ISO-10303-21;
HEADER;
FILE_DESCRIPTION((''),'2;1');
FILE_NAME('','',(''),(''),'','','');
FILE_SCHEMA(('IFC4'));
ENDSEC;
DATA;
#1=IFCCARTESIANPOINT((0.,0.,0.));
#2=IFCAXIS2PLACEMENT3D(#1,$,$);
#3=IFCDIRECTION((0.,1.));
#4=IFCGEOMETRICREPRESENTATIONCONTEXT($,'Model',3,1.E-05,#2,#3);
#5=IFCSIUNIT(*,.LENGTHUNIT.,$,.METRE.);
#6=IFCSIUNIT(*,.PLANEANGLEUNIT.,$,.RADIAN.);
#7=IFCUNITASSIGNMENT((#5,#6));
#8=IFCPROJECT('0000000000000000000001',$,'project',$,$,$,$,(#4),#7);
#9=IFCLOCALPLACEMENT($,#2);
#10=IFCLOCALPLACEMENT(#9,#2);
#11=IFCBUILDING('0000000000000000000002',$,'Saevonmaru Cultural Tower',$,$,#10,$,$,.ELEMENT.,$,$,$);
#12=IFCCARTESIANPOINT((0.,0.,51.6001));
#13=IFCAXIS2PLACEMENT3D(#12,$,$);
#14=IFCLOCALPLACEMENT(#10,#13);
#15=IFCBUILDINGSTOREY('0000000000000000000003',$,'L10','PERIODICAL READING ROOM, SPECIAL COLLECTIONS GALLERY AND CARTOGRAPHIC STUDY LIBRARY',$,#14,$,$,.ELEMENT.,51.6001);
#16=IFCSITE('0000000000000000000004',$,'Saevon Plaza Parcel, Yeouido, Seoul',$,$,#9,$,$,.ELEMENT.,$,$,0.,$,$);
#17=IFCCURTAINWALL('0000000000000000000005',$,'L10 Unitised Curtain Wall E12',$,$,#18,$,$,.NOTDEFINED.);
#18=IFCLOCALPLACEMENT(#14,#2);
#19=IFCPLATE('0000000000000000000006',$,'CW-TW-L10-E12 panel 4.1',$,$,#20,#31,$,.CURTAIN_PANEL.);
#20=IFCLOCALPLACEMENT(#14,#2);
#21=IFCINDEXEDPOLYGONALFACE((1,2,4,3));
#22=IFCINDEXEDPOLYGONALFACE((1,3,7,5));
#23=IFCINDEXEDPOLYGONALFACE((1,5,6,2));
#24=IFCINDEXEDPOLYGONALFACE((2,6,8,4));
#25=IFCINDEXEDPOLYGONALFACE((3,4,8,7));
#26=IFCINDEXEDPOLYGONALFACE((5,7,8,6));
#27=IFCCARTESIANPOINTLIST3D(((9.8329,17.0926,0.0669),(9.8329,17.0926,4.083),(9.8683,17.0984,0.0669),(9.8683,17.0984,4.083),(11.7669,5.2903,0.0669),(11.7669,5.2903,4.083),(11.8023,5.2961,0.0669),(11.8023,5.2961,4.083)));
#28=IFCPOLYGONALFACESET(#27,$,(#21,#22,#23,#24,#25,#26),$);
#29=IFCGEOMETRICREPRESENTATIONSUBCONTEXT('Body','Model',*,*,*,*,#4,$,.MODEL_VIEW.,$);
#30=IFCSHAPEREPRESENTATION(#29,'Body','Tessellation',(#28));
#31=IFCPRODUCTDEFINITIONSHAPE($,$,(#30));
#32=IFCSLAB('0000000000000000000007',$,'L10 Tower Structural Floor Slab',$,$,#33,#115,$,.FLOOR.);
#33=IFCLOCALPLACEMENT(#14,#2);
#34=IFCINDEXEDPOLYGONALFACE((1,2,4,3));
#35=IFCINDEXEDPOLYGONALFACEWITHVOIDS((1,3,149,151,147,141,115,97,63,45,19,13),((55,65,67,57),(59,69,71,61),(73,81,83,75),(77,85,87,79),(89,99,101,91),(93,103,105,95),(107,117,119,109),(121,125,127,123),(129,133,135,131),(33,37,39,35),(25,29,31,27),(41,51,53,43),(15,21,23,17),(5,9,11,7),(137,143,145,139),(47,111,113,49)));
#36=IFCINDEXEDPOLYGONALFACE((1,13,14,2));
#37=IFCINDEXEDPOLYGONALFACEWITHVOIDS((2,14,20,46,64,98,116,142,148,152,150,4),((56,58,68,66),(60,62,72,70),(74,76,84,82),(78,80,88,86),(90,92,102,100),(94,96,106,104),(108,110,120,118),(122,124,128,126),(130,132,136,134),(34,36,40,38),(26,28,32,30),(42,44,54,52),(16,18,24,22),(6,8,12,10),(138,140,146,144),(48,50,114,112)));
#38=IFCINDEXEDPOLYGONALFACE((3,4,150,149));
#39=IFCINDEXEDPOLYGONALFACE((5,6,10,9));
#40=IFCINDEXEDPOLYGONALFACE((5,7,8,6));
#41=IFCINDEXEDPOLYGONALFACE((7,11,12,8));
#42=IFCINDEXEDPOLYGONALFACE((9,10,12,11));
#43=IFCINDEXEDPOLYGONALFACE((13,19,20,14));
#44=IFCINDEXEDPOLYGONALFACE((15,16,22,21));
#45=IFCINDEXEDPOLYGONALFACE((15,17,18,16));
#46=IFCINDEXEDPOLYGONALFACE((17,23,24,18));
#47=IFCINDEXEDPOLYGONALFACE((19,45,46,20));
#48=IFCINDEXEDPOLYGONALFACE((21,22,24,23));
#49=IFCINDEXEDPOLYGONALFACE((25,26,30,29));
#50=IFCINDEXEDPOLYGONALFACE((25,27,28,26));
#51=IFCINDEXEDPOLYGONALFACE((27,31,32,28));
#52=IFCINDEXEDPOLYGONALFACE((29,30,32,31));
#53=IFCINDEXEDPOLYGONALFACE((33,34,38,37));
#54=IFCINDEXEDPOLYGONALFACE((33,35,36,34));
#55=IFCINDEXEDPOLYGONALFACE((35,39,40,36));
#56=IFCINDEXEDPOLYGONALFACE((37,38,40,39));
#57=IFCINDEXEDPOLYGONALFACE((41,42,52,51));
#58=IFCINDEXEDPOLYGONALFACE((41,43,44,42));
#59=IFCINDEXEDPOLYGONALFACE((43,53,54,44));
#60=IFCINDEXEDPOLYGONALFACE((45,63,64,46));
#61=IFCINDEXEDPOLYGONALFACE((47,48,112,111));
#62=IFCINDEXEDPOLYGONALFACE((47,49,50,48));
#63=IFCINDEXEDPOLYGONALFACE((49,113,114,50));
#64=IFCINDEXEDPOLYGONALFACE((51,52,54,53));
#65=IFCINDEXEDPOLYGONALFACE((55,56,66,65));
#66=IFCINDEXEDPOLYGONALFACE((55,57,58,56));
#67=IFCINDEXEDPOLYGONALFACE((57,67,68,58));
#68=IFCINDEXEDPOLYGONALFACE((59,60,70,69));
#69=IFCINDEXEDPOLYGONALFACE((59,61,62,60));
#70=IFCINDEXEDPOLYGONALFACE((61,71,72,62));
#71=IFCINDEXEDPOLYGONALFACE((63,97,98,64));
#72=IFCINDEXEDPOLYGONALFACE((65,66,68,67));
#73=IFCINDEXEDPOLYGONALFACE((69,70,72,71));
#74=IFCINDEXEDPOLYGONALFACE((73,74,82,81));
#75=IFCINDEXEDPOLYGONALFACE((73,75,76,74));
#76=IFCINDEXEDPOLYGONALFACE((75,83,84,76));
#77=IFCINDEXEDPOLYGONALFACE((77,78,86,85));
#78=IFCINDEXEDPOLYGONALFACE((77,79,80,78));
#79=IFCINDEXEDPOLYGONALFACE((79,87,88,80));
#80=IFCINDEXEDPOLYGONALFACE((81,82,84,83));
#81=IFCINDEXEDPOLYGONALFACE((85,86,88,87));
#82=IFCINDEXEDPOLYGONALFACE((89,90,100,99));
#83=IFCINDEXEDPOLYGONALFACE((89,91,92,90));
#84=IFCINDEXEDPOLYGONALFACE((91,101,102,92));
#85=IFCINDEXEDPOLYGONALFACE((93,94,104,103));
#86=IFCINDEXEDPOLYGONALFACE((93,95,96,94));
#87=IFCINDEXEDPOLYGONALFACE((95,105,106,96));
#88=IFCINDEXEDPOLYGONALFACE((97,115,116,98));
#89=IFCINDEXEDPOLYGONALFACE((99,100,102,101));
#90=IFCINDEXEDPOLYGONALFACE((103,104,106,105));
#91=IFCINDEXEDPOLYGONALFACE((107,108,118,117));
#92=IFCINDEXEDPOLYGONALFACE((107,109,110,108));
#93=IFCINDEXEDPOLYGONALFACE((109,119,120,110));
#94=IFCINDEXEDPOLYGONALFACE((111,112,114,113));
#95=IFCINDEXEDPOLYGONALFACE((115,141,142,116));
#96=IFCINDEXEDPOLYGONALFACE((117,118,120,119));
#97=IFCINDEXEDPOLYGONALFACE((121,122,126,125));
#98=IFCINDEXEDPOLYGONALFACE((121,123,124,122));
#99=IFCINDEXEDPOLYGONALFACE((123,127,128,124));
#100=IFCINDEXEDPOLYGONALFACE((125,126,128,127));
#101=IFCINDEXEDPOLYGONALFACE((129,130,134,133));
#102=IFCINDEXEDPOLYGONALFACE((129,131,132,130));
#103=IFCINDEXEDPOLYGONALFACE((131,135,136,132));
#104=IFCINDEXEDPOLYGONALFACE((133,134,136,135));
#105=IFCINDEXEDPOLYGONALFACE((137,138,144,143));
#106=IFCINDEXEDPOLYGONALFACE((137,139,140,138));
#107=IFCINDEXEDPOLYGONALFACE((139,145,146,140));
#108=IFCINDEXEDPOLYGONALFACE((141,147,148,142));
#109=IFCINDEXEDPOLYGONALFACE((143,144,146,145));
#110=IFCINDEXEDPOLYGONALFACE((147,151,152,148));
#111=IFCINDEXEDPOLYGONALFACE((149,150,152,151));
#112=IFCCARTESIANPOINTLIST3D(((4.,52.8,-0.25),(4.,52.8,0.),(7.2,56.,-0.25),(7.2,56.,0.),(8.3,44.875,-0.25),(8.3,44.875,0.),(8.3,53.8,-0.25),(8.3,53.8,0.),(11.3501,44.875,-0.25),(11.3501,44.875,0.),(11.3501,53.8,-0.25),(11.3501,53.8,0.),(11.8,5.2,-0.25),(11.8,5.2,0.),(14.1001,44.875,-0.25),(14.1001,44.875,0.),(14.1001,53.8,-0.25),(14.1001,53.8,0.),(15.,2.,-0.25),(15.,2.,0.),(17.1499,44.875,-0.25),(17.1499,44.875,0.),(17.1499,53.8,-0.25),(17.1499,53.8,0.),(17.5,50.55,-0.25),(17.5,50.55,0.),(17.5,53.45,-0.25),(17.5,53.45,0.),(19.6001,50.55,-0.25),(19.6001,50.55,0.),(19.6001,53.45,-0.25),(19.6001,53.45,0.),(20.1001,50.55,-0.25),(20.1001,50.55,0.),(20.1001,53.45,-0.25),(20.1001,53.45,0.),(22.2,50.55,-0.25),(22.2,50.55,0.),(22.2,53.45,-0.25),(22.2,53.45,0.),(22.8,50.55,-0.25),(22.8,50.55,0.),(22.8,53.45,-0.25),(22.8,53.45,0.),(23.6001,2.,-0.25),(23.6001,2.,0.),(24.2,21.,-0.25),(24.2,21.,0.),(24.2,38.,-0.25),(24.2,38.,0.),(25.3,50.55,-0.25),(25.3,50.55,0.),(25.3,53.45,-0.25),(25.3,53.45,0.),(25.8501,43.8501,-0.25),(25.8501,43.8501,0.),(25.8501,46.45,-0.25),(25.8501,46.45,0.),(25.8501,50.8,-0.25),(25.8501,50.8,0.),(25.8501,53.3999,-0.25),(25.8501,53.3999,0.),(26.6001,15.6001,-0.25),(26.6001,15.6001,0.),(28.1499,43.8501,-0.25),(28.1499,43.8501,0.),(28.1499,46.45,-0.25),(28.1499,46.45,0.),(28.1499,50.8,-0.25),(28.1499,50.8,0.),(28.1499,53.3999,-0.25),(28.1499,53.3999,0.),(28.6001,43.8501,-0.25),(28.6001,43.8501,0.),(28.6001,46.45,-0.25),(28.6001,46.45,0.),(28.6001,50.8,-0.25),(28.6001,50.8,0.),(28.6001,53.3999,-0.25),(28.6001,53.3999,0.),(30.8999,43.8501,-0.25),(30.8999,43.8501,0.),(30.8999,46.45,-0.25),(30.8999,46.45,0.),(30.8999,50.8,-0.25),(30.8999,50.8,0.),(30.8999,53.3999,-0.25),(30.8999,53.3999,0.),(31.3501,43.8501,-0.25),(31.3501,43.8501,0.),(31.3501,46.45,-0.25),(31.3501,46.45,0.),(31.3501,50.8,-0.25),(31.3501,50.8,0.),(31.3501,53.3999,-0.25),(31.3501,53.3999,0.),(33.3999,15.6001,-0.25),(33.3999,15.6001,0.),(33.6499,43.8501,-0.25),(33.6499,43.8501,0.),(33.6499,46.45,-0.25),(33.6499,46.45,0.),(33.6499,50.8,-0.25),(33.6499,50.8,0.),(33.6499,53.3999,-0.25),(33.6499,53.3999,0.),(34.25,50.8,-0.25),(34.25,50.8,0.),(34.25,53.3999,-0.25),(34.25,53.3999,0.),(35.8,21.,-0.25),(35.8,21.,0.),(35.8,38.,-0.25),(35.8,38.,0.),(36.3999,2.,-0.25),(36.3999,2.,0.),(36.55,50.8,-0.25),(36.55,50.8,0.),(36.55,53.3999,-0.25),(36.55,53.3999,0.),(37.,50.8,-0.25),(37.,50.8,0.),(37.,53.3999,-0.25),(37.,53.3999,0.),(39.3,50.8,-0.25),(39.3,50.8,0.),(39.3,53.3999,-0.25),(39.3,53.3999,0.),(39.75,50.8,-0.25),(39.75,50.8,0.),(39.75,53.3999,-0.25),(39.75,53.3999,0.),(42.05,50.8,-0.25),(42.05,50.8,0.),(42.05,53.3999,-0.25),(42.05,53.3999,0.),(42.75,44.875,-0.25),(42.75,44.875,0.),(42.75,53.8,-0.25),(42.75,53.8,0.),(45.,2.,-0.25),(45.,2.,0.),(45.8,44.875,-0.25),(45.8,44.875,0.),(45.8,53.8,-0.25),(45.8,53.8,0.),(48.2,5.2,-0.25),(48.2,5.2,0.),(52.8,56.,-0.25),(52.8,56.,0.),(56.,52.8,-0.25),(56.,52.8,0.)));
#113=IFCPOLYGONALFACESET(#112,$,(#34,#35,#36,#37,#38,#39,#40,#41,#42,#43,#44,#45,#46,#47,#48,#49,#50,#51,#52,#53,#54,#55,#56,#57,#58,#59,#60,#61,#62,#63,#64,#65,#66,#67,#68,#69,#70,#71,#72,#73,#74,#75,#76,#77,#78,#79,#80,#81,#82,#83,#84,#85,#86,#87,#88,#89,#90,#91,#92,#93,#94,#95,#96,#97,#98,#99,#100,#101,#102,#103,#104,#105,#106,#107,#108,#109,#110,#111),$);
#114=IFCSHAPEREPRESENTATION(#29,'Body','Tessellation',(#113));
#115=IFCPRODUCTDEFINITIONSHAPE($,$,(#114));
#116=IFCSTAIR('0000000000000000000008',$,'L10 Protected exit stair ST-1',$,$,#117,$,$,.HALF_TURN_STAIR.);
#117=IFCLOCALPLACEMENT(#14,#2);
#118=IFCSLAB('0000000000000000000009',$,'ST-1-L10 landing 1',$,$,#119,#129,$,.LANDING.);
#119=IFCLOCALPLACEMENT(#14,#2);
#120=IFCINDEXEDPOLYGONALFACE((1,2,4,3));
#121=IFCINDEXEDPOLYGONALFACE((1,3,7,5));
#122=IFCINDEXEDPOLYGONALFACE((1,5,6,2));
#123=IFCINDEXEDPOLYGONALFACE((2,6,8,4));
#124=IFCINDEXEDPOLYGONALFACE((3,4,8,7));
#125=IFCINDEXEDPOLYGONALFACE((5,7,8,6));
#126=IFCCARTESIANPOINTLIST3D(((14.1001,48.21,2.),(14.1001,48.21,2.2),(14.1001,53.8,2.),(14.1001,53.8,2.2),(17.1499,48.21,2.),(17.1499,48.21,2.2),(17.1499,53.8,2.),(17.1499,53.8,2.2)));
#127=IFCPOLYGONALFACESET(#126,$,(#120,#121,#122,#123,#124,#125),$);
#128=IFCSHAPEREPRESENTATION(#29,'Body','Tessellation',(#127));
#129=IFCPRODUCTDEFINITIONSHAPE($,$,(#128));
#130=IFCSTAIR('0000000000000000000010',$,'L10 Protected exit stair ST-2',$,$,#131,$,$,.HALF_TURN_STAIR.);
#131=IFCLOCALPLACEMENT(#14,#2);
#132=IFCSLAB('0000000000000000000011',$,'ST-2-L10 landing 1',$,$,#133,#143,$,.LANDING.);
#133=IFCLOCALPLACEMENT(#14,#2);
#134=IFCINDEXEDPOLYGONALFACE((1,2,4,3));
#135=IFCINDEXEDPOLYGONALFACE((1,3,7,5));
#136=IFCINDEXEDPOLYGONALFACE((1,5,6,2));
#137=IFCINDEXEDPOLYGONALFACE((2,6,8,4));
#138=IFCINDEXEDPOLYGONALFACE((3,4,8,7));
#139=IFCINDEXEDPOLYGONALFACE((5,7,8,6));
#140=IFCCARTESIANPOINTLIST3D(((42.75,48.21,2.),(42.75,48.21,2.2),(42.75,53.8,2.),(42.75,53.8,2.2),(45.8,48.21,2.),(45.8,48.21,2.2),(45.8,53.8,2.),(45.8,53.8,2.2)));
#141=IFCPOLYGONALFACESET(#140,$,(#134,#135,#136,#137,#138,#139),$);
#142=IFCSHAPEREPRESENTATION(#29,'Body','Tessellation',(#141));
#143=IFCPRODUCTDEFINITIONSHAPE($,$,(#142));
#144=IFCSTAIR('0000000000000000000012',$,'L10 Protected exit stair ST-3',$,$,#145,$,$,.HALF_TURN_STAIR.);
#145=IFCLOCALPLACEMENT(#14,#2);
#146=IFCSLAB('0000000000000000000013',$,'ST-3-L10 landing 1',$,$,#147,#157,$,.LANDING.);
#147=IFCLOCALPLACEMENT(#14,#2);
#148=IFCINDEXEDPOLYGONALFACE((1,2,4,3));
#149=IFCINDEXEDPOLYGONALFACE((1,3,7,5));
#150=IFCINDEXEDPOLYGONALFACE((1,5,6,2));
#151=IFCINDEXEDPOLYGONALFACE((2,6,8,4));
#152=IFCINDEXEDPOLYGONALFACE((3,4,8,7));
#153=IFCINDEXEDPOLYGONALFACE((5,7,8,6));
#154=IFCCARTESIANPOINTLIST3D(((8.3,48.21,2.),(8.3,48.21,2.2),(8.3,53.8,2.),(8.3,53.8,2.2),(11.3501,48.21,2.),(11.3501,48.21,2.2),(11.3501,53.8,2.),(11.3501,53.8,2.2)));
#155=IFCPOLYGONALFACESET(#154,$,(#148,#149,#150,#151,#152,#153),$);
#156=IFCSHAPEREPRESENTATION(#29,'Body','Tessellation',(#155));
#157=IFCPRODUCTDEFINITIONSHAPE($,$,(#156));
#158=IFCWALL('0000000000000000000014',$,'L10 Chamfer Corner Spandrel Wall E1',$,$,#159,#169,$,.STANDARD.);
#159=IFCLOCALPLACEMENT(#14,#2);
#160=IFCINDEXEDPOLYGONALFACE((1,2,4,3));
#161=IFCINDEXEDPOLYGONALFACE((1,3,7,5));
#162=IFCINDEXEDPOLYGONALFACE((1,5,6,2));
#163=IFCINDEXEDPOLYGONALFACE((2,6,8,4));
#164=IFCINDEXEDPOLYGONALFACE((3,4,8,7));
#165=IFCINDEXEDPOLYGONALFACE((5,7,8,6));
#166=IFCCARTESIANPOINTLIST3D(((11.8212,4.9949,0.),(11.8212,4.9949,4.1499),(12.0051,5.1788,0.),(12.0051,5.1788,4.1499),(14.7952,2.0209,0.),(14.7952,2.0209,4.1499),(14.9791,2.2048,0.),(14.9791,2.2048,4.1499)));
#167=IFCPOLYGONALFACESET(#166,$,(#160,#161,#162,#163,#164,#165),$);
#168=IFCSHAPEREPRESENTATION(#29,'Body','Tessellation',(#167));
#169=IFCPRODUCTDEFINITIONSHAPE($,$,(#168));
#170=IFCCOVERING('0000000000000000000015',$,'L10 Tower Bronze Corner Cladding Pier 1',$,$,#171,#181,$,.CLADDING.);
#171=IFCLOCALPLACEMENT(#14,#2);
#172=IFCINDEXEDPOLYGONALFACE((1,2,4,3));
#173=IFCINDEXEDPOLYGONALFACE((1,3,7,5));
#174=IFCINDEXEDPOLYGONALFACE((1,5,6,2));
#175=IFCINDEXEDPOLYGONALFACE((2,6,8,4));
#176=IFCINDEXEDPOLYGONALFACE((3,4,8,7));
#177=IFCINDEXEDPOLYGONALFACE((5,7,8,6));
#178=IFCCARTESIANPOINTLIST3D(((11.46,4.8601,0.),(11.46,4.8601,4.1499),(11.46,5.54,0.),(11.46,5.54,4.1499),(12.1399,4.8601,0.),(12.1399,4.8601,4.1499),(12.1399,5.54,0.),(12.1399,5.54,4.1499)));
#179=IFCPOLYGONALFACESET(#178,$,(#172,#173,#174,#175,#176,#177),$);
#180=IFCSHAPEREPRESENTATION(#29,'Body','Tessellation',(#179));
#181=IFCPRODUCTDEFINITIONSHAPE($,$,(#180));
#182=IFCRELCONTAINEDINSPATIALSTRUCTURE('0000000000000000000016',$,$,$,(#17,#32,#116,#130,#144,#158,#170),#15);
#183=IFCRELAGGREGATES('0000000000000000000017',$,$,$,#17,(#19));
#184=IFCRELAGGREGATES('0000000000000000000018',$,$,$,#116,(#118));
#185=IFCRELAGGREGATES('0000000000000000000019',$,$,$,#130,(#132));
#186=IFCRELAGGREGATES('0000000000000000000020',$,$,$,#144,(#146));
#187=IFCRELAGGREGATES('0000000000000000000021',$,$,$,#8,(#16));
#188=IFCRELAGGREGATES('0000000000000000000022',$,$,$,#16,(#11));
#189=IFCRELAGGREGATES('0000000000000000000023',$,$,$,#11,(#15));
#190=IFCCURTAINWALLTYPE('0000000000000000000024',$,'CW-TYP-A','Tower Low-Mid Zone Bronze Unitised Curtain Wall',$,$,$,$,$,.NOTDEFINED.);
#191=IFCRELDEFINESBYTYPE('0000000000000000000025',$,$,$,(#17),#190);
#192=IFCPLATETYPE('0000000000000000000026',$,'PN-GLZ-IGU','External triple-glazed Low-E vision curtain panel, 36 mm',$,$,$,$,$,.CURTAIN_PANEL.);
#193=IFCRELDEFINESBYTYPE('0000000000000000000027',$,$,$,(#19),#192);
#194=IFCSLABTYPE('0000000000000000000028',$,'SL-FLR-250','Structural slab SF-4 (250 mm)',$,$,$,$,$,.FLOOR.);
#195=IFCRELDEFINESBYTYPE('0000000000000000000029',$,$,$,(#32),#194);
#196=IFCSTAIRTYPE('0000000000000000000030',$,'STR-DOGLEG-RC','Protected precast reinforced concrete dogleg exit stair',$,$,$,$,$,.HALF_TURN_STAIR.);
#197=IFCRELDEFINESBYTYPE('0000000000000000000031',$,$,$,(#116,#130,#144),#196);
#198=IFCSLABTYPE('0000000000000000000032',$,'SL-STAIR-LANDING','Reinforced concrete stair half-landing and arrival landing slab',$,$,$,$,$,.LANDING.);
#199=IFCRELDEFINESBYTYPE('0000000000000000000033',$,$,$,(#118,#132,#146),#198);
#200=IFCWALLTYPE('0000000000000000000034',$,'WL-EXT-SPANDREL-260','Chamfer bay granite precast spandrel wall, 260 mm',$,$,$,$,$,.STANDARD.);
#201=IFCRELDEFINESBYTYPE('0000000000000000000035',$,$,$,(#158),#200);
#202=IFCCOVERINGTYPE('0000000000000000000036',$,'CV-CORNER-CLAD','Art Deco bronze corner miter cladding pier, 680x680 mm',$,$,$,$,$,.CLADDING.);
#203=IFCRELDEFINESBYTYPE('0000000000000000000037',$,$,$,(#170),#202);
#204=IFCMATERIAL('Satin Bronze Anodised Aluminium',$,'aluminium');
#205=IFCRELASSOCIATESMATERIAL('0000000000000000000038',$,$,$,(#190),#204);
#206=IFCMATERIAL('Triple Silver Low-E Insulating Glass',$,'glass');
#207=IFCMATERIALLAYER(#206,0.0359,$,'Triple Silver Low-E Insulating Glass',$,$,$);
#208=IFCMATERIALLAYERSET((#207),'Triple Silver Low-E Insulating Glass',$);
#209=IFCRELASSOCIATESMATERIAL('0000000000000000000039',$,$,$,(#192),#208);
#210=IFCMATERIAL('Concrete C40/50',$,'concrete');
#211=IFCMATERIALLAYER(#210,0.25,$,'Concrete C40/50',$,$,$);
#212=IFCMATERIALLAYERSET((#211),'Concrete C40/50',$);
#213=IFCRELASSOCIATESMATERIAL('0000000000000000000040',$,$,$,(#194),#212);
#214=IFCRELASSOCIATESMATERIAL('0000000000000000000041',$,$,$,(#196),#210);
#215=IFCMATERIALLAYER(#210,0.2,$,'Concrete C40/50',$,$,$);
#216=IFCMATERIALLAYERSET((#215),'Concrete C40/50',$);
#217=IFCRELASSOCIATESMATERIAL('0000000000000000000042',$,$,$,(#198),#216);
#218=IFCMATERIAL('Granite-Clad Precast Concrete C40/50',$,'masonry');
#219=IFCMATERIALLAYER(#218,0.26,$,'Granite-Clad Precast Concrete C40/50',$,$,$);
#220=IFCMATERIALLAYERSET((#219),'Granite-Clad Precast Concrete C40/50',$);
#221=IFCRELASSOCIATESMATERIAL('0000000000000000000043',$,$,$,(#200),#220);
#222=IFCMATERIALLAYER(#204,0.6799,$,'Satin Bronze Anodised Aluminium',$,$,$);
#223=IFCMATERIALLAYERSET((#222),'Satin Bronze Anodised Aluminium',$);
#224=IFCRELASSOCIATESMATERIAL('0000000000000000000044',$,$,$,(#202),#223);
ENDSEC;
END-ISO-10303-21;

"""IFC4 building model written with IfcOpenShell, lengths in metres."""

from ifc_helpers import new_model, si_unit, direction, frame, frame_2d, origin, origin_2d, place, context, subcontext, project, spatial, polyline, rectangle, outline, extrude, material, layer, layer_set, type_object, element, aggregate, save


model = new_model("IFC4")

# Units and contexts
model_context = context("Model", 3, precision=1e-05, world=origin(), true_north=direction((0.0, 1.0)))
body_context = subcontext(model_context, "Body", "Model", "MODEL_VIEW")
ifc_project = project(units=[si_unit("LENGTHUNIT", "METRE"), si_unit("PLANEANGLEUNIT", "RADIAN")], contexts=[model_context])

# Site, building, storey
site_placement = place(None, origin())
site = spatial("IfcSite", under=ifc_project, at=site_placement, Name="Saevon Plaza Parcel, Yeouido, Seoul", CompositionType="ELEMENT", RefElevation=0.0)
building_placement = place(site_placement, origin())
building = spatial("IfcBuilding", under=site, at=building_placement, Name="Saevonmaru Cultural Tower", CompositionType="ELEMENT")
storey_placement = place(building_placement, frame((0.0, 0.0, 51.6001)))
storey = spatial("IfcBuildingStorey", under=building, at=storey_placement, Name="L10", Description="PERIODICAL READING ROOM, SPECIAL COLLECTIONS GALLERY AND CARTOGRAPHIC STUDY LIBRARY", CompositionType="ELEMENT", Elevation=51.6001)

# Curtain wall, plate
ifc_material_1 = material(Name="Satin Bronze Anodised Aluminium", Category="aluminium")
curtain_wall_type = type_object("IfcCurtainWallType", Name="CW-TYP-A", Description="Tower Low-Mid Zone Bronze Unitised Curtain Wall", PredefinedType="NOTDEFINED", material=ifc_material_1)
curtain_wall_placement = place(storey_placement, origin())
curtain_wall = element("IfcCurtainWall", 1, at=curtain_wall_placement, inside=storey, type_object=curtain_wall_type, Name="L10 Unitised Curtain Wall E12", PredefinedType="NOTDEFINED")
ifc_material_2 = material(Name="Triple Silver Low-E Insulating Glass", Category="glass")
ifc_layer_1 = layer(ifc_material_2, 0.0359, Name="Triple Silver Low-E Insulating Glass")
ifc_layer_set_1 = layer_set([ifc_layer_1], Name="Triple Silver Low-E Insulating Glass")
plate_type = type_object("IfcPlateType", Name="PN-GLZ-IGU", Description="External triple-glazed Low-E vision curtain panel, 36 mm", PredefinedType="CURTAIN_PANEL", material=ifc_layer_set_1)
plate_placement = place(storey_placement, frame((10.8176, 11.1943, 0.0669), z_axis=(0.0, 0.0, 1.0), x_axis=(0.161709, -0.986839, 0.0)))
plate = element("IfcPlate", 2, at=plate_placement, type_object=plate_type, Name="CW-TW-L10-E12 panel 4.1", PredefinedType="CURTAIN_PANEL", context=body_context, shape_type="SweptSolid", body=[
    extrude(rectangle(XDim=11.9597, YDim=0.0359, at=origin_2d()), origin(), (0.0, 0.0, 1.0), 4.0161),
])
aggregate(curtain_wall, [plate])

# Slab
ifc_material_3 = material(Name="Concrete C40/50", Category="concrete")
ifc_layer_2 = layer(ifc_material_3, 0.25, Name="Concrete C40/50")
ifc_layer_set_2 = layer_set([ifc_layer_2], Name="Concrete C40/50")
slab_type_1 = type_object("IfcSlabType", Name="SL-FLR-250", Description="Structural slab SF-4 (250 mm)", PredefinedType="FLOOR", material=ifc_layer_set_2)
slab_1_placement = place(storey_placement, frame((0.0, 0.0, -0.25)))
element("IfcSlab", 3, at=slab_1_placement, inside=storey, type_object=slab_type_1, Name="L10 Tower Structural Floor Slab", PredefinedType="FLOOR", context=body_context, shape_type="SweptSolid", body=[
    extrude(outline(polyline([(11.8, 5.2), (15.0, 2.0), (23.6001, 2.0), (26.6001, 15.6001), (33.3999, 15.6001), (36.3999, 2.0), (45.0, 2.0), (48.2, 5.2), (56.0, 52.8), (52.8, 56.0), (7.2, 56.0), (4.0, 52.8), (11.8, 5.2)]), holes=[polyline([(45.8, 44.875), (42.75, 44.875), (42.75, 53.8), (45.8, 53.8), (45.8, 44.875)]), polyline([(39.75, 50.8), (39.75, 53.3999), (42.05, 53.3999), (42.05, 50.8), (39.75, 50.8)]), polyline([(37.0, 50.8), (37.0, 53.3999), (39.3, 53.3999), (39.3, 50.8), (37.0, 50.8)]), polyline([(34.25, 50.8), (34.25, 53.3999), (36.55, 53.3999), (36.55, 50.8), (34.25, 50.8)]), polyline([(24.2, 21.0), (24.2, 38.0), (35.8, 38.0), (35.8, 21.0), (24.2, 21.0)]), polyline([(31.3501, 50.8), (31.3501, 53.3999), (33.6499, 53.3999), (33.6499, 50.8), (31.3501, 50.8)]), polyline([(31.3501, 43.8501), (31.3501, 46.45), (33.6499, 46.45), (33.6499, 43.8501), (31.3501, 43.8501)]), polyline([(28.6001, 43.8501), (28.6001, 46.45), (30.8999, 46.45), (30.8999, 43.8501), (28.6001, 43.8501)]), polyline([(28.6001, 50.8), (28.6001, 53.3999), (30.8999, 53.3999), (30.8999, 50.8), (28.6001, 50.8)]), polyline([(25.8501, 50.8), (25.8501, 53.3999), (28.1499, 53.3999), (28.1499, 50.8), (25.8501, 50.8)]), polyline([(25.8501, 43.8501), (25.8501, 46.45), (28.1499, 46.45), (28.1499, 43.8501), (25.8501, 43.8501)]), polyline([(22.8, 50.55), (22.8, 53.45), (25.3, 53.45), (25.3, 50.55), (22.8, 50.55)]), polyline([(20.1001, 50.55), (20.1001, 53.45), (22.2, 53.45), (22.2, 50.55), (20.1001, 50.55)]), polyline([(17.5, 50.55), (17.5, 53.45), (19.6001, 53.45), (19.6001, 50.55), (17.5, 50.55)]), polyline([(17.1499, 44.875), (14.1001, 44.875), (14.1001, 53.8), (17.1499, 53.8), (17.1499, 44.875)]), polyline([(11.3501, 44.875), (8.3, 44.875), (8.3, 53.8), (11.3501, 53.8), (11.3501, 44.875)])]), origin(), (0.0, 0.0, 1.0), 0.25),
])

# Stairs, slabs
stair_type = type_object("IfcStairType", Name="STR-DOGLEG-RC", Description="Protected precast reinforced concrete dogleg exit stair", PredefinedType="HALF_TURN_STAIR", material=ifc_material_3)
stair_1_placement = place(storey_placement, origin())
stair_1 = element("IfcStair", 4, at=stair_1_placement, inside=storey, type_object=stair_type, Name="L10 Protected exit stair ST-1", PredefinedType="HALF_TURN_STAIR")
ifc_layer_3 = layer(ifc_material_3, 0.2, Name="Concrete C40/50")
ifc_layer_set_3 = layer_set([ifc_layer_3], Name="Concrete C40/50")
slab_type_2 = type_object("IfcSlabType", Name="SL-STAIR-LANDING", Description="Reinforced concrete stair half-landing and arrival landing slab", PredefinedType="LANDING", material=ifc_layer_set_3)
slab_2_placement = place(storey_placement, frame((0.0, 0.0, 2.0)))
slab_2 = element("IfcSlab", 5, at=slab_2_placement, type_object=slab_type_2, Name="ST-1-L10 landing 1", PredefinedType="LANDING", context=body_context, shape_type="SweptSolid", body=[
    extrude(outline(polyline([(17.1499, 48.21), (17.1499, 53.8), (14.1001, 53.8), (14.1001, 48.21), (17.1499, 48.21)])), origin(), (0.0, 0.0, 1.0), 0.2),
])
aggregate(stair_1, [slab_2])
stair_2_placement = place(storey_placement, origin())
stair_2 = element("IfcStair", 6, at=stair_2_placement, inside=storey, type_object=stair_type, Name="L10 Protected exit stair ST-2", PredefinedType="HALF_TURN_STAIR")
slab_3_placement = place(storey_placement, frame((0.0, 0.0, 2.0)))
slab_3 = element("IfcSlab", 7, at=slab_3_placement, type_object=slab_type_2, Name="ST-2-L10 landing 1", PredefinedType="LANDING", context=body_context, shape_type="SweptSolid", body=[
    extrude(outline(polyline([(45.8, 48.21), (45.8, 53.8), (42.75, 53.8), (42.75, 48.21), (45.8, 48.21)])), origin(), (0.0, 0.0, 1.0), 0.2),
])
aggregate(stair_2, [slab_3])
stair_3_placement = place(storey_placement, origin())
stair_3 = element("IfcStair", 8, at=stair_3_placement, inside=storey, type_object=stair_type, Name="L10 Protected exit stair ST-3", PredefinedType="HALF_TURN_STAIR")
slab_4_placement = place(storey_placement, frame((0.0, 0.0, 2.0)))
slab_4 = element("IfcSlab", 9, at=slab_4_placement, type_object=slab_type_2, Name="ST-3-L10 landing 1", PredefinedType="LANDING", context=body_context, shape_type="SweptSolid", body=[
    extrude(outline(polyline([(11.3501, 48.21), (11.3501, 53.8), (8.3, 53.8), (8.3, 48.21), (11.3501, 48.21)])), origin(), (0.0, 0.0, 1.0), 0.2),
])
aggregate(stair_3, [slab_4])

# Wall
ifc_material_4 = material(Name="Granite-Clad Precast Concrete C40/50", Category="masonry")
ifc_layer_4 = layer(ifc_material_4, 0.26, Name="Granite-Clad Precast Concrete C40/50")
ifc_layer_set_4 = layer_set([ifc_layer_4], Name="Granite-Clad Precast Concrete C40/50")
wall_type = type_object("IfcWallType", Name="WL-EXT-SPANDREL-260", Description="Chamfer bay granite precast spandrel wall, 260 mm", PredefinedType="STANDARD", material=ifc_layer_set_4)
wall_placement = place(storey_placement, frame((11.9131, 5.0869, 0.0), z_axis=(0.0, 0.0, 1.0), x_axis=(0.707107, -0.707107, 0.0)))
element("IfcWall", 10, at=wall_placement, inside=storey, type_object=wall_type, Name="L10 Chamfer Corner Spandrel Wall E1", PredefinedType="STANDARD", context=body_context, shape_type="SweptSolid", body=[
    extrude(rectangle(XDim=4.2058, YDim=0.26, at=frame_2d((2.103, 0.0))), origin(), (0.0, 0.0, 1.0), 4.1499),
])

# Covering
ifc_layer_5 = layer(ifc_material_1, 0.6799, Name="Satin Bronze Anodised Aluminium")
ifc_layer_set_5 = layer_set([ifc_layer_5], Name="Satin Bronze Anodised Aluminium")
covering_type = type_object("IfcCoveringType", Name="CV-CORNER-CLAD", Description="Art Deco bronze corner miter cladding pier, 680x680 mm", PredefinedType="CLADDING", material=ifc_layer_set_5)
covering_1_placement = place(storey_placement, origin())
element("IfcCovering", 11, at=covering_1_placement, inside=storey, type_object=covering_type, Name="L10 Tower Bronze Corner Cladding Pier 1", PredefinedType="CLADDING", context=body_context, shape_type="SweptSolid", body=[
    extrude(outline(polyline([(11.46, 4.8601), (12.1399, 4.8601), (12.1399, 5.54), (11.46, 5.54), (11.46, 4.8601)])), origin(), (0.0, 0.0, 1.0), 4.1499),
])

save(model, "model.ifc")
